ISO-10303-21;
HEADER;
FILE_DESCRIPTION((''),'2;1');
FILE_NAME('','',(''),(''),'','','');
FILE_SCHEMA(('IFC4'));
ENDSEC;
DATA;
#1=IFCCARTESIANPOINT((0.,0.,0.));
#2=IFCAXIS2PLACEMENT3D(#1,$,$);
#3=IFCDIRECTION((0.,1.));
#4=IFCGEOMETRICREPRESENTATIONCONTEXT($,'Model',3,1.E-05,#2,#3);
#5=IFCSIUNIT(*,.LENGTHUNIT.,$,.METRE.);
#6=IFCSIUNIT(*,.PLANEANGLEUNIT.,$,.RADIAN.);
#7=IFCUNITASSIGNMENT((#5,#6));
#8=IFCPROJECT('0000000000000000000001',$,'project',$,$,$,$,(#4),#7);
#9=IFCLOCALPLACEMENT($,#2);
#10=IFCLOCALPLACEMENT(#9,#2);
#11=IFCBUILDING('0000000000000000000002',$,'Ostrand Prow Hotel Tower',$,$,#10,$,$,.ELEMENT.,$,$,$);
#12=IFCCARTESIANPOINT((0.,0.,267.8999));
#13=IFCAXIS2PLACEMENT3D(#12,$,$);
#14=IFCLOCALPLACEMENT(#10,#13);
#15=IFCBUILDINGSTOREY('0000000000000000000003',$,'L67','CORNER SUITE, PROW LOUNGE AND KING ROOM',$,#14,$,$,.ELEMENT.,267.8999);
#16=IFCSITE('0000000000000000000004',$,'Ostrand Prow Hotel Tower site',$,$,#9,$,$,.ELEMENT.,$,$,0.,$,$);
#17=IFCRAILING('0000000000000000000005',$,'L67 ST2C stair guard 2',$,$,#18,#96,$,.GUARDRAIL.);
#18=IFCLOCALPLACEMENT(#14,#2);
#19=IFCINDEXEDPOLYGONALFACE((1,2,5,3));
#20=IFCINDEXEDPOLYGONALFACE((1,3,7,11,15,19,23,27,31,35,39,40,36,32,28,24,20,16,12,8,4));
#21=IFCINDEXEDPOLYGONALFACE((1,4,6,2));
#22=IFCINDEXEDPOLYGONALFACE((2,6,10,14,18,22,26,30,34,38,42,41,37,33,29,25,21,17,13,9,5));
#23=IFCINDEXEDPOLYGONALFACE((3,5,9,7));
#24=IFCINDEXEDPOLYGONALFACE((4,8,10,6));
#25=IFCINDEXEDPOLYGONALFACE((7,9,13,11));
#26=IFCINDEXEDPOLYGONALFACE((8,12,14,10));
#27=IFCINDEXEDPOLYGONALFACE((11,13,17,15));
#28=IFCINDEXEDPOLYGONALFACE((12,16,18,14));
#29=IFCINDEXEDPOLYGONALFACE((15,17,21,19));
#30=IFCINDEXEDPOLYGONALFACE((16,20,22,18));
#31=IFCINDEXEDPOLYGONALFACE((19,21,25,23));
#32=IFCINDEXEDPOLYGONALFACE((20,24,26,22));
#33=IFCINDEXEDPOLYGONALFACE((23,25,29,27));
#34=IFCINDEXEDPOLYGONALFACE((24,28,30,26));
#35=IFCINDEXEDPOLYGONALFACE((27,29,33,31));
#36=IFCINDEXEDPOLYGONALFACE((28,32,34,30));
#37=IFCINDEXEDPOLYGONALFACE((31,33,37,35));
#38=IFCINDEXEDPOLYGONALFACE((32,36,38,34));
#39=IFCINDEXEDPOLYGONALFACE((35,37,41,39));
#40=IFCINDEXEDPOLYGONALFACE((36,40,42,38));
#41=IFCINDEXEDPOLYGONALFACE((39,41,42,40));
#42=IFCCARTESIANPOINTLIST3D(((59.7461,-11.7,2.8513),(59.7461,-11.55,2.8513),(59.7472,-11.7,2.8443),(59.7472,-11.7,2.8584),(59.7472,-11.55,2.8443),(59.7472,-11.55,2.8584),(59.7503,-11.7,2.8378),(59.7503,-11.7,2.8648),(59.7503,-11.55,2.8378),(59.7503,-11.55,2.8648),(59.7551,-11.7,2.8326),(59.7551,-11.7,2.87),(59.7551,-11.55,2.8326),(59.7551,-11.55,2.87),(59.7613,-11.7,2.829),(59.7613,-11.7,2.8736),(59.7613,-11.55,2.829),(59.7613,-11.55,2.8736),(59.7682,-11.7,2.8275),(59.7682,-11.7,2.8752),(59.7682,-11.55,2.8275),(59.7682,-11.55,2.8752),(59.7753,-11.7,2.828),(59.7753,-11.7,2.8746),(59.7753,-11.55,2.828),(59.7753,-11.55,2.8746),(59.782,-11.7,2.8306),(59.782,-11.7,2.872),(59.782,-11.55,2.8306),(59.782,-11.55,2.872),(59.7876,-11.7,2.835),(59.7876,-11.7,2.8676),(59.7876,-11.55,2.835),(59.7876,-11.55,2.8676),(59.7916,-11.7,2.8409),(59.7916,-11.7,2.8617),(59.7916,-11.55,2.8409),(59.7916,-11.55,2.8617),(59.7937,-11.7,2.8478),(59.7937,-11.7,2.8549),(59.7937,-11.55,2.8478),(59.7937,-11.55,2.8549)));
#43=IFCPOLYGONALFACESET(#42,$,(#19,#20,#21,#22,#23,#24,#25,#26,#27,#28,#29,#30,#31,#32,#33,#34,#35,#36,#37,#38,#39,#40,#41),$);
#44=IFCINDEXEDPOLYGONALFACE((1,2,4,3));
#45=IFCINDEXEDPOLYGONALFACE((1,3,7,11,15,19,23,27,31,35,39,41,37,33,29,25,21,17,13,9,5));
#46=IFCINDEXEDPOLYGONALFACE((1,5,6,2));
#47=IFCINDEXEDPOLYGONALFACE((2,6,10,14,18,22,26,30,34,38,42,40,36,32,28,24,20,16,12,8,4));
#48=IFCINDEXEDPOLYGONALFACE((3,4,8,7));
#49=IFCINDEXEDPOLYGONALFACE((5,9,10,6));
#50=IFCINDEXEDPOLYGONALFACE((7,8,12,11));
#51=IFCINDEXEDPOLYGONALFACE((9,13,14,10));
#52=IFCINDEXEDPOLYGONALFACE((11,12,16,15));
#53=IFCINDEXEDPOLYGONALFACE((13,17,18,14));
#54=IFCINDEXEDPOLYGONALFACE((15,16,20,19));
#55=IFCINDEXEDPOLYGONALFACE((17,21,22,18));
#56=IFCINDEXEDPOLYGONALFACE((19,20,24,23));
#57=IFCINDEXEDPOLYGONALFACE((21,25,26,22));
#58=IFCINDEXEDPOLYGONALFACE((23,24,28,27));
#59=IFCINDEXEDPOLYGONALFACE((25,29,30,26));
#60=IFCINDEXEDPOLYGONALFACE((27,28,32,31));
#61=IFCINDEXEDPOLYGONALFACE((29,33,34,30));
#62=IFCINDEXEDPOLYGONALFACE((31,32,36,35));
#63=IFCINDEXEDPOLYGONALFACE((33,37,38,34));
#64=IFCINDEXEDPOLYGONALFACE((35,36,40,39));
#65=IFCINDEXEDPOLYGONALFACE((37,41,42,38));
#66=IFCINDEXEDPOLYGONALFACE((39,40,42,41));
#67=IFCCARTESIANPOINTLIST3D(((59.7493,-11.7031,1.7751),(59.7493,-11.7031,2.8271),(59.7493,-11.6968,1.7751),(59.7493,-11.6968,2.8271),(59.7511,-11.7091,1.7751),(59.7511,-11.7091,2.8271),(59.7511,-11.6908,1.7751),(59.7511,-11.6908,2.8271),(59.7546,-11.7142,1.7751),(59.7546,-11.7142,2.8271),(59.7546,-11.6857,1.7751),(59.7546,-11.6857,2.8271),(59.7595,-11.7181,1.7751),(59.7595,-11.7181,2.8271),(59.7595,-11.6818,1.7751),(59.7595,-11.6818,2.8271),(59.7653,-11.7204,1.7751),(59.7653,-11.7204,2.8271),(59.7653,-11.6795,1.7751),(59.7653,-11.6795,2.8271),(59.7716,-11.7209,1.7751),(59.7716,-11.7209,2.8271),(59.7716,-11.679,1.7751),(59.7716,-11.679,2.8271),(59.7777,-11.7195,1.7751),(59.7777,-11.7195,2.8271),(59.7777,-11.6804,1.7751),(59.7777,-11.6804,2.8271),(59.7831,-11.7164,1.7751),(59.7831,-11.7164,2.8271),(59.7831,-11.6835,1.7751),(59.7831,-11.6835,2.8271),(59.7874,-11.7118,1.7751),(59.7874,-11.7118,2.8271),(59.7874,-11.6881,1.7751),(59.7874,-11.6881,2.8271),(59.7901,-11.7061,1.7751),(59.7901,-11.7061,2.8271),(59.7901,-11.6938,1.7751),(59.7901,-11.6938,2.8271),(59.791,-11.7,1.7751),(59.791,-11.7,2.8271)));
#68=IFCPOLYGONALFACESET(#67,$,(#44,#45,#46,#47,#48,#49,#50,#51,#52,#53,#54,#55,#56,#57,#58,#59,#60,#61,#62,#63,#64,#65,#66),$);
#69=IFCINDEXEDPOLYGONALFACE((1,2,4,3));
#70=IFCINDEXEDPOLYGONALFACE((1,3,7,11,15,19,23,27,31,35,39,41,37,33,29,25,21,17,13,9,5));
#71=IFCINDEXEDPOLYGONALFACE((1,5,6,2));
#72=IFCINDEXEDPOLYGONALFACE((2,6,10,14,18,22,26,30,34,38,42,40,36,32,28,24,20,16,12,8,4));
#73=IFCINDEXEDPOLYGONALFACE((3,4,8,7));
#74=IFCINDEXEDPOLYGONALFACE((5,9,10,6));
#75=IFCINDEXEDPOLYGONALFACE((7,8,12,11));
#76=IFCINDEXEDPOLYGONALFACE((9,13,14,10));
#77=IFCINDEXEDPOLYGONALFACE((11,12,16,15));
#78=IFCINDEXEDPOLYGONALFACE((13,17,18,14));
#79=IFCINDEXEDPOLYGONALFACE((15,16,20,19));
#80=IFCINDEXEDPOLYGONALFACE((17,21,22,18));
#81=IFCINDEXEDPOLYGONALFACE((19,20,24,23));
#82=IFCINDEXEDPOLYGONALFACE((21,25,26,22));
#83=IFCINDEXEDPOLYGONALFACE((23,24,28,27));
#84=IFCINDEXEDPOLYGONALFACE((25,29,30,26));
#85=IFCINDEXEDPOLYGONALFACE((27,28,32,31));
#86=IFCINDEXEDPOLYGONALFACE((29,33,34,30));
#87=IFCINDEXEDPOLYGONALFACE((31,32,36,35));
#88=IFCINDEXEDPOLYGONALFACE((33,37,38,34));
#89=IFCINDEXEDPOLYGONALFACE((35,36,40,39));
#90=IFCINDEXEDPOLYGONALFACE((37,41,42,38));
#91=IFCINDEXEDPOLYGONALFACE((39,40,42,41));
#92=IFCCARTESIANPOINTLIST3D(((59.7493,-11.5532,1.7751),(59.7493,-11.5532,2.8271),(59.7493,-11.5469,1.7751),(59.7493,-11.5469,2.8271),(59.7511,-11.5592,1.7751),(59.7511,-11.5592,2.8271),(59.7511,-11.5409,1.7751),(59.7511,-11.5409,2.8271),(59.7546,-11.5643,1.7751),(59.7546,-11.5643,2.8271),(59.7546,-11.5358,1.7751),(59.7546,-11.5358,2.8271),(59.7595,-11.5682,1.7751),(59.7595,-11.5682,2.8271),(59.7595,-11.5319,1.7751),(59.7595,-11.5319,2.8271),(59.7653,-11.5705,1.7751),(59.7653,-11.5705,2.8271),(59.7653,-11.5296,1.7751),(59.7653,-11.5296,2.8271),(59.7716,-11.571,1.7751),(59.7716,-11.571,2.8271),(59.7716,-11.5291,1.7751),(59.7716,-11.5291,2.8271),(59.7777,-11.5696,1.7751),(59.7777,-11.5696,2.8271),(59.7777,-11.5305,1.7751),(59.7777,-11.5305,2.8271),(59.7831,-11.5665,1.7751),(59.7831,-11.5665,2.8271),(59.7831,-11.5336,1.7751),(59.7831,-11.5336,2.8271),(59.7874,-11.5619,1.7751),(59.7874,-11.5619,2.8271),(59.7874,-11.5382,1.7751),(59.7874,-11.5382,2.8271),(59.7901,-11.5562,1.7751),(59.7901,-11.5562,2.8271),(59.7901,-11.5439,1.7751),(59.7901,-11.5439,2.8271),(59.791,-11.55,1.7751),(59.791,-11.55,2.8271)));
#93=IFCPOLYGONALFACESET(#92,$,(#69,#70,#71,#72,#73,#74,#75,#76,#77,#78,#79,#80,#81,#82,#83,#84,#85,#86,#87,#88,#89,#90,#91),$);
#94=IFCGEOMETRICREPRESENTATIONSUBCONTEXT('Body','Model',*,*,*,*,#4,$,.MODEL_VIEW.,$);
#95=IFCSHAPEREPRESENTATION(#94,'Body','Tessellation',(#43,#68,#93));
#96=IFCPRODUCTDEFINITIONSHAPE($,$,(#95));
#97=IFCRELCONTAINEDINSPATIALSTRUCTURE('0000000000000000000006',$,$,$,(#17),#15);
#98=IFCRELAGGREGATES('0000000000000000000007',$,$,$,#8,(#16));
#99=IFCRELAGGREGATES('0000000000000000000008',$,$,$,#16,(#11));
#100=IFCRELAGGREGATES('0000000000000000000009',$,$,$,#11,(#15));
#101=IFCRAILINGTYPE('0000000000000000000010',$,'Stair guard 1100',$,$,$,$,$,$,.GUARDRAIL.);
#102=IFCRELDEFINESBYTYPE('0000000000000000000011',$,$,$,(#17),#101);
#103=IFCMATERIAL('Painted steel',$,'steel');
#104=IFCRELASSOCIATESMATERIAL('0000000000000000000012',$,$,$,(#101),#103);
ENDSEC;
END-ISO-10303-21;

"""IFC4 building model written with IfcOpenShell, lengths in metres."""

from ifc_helpers import new_model, si_unit, direction, frame, origin, origin_2d, place, context, subcontext, project, spatial, circle, extrude, material, type_object, element, save


model = new_model("IFC4")

# Units and contexts
model_context = context("Model", 3, precision=1e-05, world=origin(), true_north=direction((0.0, 1.0)))
body_context = subcontext(model_context, "Body", "Model", "MODEL_VIEW")
ifc_project = project(units=[si_unit("LENGTHUNIT", "METRE"), si_unit("PLANEANGLEUNIT", "RADIAN")], contexts=[model_context])

# Site, building, storey
site_placement = place(None, origin())
site = spatial("IfcSite", under=ifc_project, at=site_placement, Name="Ostrand Prow Hotel Tower site", CompositionType="ELEMENT", RefElevation=0.0)
building_placement = place(site_placement, origin())
building = spatial("IfcBuilding", under=site, at=building_placement, Name="Ostrand Prow Hotel Tower", CompositionType="ELEMENT")
storey_placement = place(building_placement, frame((0.0, 0.0, 267.8999)))
storey = spatial("IfcBuildingStorey", under=building, at=storey_placement, Name="L67", Description="CORNER SUITE, PROW LOUNGE AND KING ROOM", CompositionType="ELEMENT", Elevation=267.8999)

# Railing
ifc_material_1 = material(Name="Painted steel", Category="steel")
railing_type_1 = type_object("IfcRailingType", Name="Stair guard 1100", PredefinedType="GUARDRAIL", material=ifc_material_1)
railing_1_placement = place(storey_placement, frame((59.77, -11.7, 1.7751)))
element("IfcRailing", 1, at=railing_1_placement, inside=storey, type_object=railing_type_1, Name="L67 ST2C stair guard 2", PredefinedType="GUARDRAIL", context=body_context, shape_type="SweptSolid", body=[
    extrude(circle(Radius=0.0239, at=origin_2d()), frame((0.0, 0.0, 1.0762), z_axis=(0.0, 1.0, 0.0), x_axis=(-1.0, 0.0, 0.0)), (0.0, 0.0, 1.0), 0.1499),
    extrude(circle(Radius=0.021, at=origin_2d()), origin(), (0.0, 0.0, 1.0), 1.052),
    extrude(circle(Radius=0.021, at=origin_2d()), frame((0.0, 0.1499, 0.0)), (0.0, 0.0, 1.0), 1.052),
])

save(model, "model.ifc")
